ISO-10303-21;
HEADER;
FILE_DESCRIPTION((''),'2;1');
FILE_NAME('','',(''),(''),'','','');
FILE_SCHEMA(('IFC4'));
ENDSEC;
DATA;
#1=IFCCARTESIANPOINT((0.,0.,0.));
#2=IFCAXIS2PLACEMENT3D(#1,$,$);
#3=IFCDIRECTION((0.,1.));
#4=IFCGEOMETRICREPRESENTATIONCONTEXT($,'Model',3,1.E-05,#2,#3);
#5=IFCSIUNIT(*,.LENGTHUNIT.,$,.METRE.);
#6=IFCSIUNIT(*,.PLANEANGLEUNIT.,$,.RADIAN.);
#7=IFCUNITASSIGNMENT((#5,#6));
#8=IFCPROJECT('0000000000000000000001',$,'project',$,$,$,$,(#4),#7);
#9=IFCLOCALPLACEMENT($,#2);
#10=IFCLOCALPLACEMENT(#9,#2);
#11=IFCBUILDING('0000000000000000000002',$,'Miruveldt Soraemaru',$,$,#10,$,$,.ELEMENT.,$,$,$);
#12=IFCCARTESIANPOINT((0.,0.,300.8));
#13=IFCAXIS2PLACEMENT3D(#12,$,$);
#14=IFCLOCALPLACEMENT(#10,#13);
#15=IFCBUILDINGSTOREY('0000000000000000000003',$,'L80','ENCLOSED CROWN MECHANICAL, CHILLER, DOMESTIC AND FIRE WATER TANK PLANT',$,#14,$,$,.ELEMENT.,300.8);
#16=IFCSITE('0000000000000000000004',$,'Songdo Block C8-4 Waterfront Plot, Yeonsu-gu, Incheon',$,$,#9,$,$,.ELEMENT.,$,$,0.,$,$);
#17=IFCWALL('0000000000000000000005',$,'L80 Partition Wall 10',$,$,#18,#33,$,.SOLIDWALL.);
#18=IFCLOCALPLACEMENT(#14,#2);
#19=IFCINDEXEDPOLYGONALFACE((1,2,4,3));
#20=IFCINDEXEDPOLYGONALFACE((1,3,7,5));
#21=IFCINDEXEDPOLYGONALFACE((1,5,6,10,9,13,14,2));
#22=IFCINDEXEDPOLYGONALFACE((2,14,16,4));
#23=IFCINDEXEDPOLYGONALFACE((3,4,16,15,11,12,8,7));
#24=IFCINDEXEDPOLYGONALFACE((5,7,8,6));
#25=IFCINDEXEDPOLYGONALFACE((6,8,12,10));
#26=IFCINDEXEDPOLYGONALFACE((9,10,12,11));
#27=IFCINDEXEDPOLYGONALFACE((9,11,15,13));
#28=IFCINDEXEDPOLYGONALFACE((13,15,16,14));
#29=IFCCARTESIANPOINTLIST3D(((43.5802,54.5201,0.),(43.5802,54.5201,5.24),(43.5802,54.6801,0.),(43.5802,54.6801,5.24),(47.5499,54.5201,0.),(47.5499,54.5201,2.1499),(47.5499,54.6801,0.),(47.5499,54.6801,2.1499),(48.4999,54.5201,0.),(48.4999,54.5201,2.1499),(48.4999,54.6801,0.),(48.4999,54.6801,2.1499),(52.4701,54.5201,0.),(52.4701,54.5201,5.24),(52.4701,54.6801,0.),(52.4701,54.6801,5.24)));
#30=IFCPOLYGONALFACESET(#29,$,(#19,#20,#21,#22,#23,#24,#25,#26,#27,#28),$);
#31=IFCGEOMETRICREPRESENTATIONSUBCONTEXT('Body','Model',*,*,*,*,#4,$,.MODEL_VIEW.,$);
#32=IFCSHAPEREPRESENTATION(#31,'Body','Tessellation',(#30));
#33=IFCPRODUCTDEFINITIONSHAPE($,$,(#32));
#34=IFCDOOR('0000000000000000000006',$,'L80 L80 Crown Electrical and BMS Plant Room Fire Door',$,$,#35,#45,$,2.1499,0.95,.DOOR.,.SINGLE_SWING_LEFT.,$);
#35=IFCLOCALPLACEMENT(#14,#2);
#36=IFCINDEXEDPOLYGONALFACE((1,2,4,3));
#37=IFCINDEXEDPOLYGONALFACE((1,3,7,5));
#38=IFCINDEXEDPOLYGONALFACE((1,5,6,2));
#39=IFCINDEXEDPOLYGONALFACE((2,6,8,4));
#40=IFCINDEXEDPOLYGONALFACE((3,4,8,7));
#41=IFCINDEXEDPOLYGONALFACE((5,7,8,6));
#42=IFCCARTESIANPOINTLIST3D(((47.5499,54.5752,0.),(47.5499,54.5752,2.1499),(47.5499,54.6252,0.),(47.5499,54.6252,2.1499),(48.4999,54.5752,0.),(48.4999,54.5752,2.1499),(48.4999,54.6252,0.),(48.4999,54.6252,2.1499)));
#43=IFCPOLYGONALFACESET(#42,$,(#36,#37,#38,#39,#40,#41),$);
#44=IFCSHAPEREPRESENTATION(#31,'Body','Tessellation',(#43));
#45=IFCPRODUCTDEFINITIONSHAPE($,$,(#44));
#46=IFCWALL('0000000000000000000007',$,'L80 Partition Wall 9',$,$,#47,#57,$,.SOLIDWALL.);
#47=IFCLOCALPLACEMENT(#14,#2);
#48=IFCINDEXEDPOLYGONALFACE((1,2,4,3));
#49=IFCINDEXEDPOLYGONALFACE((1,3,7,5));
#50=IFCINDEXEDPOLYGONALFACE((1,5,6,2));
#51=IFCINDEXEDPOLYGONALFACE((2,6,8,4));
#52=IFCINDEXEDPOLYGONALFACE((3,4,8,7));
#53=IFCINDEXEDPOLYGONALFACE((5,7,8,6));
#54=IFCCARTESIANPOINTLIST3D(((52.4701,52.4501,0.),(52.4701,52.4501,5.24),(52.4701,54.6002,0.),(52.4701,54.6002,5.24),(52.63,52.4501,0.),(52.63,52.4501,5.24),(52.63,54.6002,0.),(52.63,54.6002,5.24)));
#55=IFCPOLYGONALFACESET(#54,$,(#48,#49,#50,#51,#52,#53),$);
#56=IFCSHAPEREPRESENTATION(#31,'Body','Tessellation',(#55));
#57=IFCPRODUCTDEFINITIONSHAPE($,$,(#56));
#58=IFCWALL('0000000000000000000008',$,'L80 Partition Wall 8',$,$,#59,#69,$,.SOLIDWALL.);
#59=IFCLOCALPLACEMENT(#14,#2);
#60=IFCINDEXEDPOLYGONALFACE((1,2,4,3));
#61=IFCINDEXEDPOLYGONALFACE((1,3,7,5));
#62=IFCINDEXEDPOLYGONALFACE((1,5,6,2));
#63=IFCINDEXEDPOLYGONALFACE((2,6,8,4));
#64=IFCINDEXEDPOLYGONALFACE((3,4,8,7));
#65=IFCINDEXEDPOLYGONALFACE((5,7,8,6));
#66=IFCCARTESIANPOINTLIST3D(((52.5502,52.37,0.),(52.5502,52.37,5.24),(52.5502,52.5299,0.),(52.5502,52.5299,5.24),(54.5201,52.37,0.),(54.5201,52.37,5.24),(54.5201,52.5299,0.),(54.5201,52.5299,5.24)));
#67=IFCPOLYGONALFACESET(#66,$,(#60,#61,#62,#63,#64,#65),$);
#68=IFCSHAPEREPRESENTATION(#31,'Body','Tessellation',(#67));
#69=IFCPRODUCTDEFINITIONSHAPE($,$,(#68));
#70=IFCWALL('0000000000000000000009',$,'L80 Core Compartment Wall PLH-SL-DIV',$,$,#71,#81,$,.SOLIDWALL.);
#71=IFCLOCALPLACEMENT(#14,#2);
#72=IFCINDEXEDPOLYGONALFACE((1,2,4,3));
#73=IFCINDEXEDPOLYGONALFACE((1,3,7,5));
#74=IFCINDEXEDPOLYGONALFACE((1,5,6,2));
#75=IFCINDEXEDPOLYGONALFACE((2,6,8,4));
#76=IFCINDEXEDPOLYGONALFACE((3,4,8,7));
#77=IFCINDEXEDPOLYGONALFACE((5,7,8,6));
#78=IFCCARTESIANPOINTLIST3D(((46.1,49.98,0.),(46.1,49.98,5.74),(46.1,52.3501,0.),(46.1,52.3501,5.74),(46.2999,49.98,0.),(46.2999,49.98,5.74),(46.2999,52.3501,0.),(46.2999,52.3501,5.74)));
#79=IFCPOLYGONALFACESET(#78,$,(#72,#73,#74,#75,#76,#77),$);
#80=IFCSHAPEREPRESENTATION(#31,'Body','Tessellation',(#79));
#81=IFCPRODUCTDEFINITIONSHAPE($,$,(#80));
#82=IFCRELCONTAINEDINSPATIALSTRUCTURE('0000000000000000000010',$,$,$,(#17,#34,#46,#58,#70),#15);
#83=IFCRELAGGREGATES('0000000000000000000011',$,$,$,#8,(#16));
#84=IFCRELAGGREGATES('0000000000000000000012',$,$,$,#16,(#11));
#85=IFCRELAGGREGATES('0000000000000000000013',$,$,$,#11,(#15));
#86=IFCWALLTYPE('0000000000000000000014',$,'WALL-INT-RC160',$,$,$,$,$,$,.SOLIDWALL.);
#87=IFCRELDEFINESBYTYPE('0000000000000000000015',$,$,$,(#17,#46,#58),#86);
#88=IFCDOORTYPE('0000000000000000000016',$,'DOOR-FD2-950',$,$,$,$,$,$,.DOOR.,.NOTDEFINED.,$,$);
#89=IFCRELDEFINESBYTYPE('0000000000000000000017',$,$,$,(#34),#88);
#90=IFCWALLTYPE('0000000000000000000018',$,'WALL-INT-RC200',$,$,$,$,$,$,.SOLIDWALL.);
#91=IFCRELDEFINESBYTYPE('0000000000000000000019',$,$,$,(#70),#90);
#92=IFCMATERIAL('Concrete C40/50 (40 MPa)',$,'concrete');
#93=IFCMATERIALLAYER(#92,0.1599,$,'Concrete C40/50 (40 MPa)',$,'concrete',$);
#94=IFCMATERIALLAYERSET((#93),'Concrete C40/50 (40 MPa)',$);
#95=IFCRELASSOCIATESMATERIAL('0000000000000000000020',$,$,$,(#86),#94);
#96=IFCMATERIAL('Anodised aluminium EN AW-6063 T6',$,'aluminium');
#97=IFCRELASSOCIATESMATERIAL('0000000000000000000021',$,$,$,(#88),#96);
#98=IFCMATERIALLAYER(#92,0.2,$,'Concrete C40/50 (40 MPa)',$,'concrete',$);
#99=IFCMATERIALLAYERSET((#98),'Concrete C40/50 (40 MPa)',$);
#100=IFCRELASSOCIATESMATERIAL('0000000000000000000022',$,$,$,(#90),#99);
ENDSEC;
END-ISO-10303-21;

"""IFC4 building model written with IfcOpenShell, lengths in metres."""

from ifc_helpers import new_model, si_unit, direction, frame, frame_2d, origin, place, context, subcontext, project, spatial, rectangle, extrude, material, layer, layer_set, type_object, element, fill, save


model = new_model("IFC4")

# Units and contexts
model_context = context("Model", 3, precision=1e-05, world=origin(), true_north=direction((0.0, 1.0)))
body_context = subcontext(model_context, "Body", "Model", "MODEL_VIEW")
ifc_project = project(units=[si_unit("LENGTHUNIT", "METRE"), si_unit("PLANEANGLEUNIT", "RADIAN")], contexts=[model_context])

# Site, building, storey
site_placement = place(None, origin())
site = spatial("IfcSite", under=ifc_project, at=site_placement, Name="Songdo Block C8-4 Waterfront Plot, Yeonsu-gu, Incheon", CompositionType="ELEMENT", RefElevation=0.0)
building_placement = place(site_placement, origin())
building = spatial("IfcBuilding", under=site, at=building_placement, Name="Miruveldt Soraemaru", CompositionType="ELEMENT")
storey_placement = place(building_placement, frame((0.0, 0.0, 300.8)))
storey = spatial("IfcBuildingStorey", under=building, at=storey_placement, Name="L80", Description="ENCLOSED CROWN MECHANICAL, CHILLER, DOMESTIC AND FIRE WATER TANK PLANT", CompositionType="ELEMENT", Elevation=300.8)

# Shared definitions
ifc_material_1 = material(Name="Anodised aluminium EN AW-6063 T6", Category="aluminium")

# Wall, opening, door
ifc_material_2 = material(Name="Concrete C40/50 (40 MPa)", Category="concrete")
ifc_layer_1 = layer(ifc_material_2, 0.1599, Name="Concrete C40/50 (40 MPa)", Category="concrete")
ifc_layer_set_1 = layer_set([ifc_layer_1], Name="Concrete C40/50 (40 MPa)")
wall_type_1 = type_object("IfcWallType", Name="WALL-INT-RC160", PredefinedType="SOLIDWALL", material=ifc_layer_set_1)
wall_1_placement = place(storey_placement, frame((52.47, 54.6001, 0.0), z_axis=(0.0, 0.0, 1.0), x_axis=(-1.0, 0.0, 0.0)))
wall_1 = element("IfcWall", 1, at=wall_1_placement, inside=storey, type_object=wall_type_1, Name="L80 Partition Wall 10", PredefinedType="SOLIDWALL", context=body_context, shape_type="SweptSolid", body=[
    extrude(rectangle(XDim=8.8899, YDim=0.1599, at=frame_2d((4.4448, 0.0))), origin(), (0.0, 0.0, 1.0), 5.24),
])
opening_1_placement = place(wall_1_placement, frame((3.97, 0.0, 0.0)))
opening_1 = element("IfcOpeningElement", 2, at=opening_1_placement, cuts=wall_1, PredefinedType="OPENING", context=body_context, shape_type="SweptSolid", body=[
    extrude(rectangle(XDim=0.95, YDim=2.1499, at=frame_2d((0.4751, 1.075))), frame((0.0, 0.0898, 0.0), z_axis=(0.0, -1.0, 0.0), x_axis=(1.0, 0.0, 0.0)), (0.0, 0.0, 1.0), 0.1799),
])
door_type_1 = type_object("IfcDoorType", Name="DOOR-FD2-950", OperationType="NOTDEFINED", PredefinedType="DOOR", material=ifc_material_1)
door_1_placement = place(opening_1_placement, origin())
door_1 = element("IfcDoor", 3, at=door_1_placement, inside=storey, type_object=door_type_1, Name="L80 L80 Crown Electrical and BMS Plant Room Fire Door", OperationType="SINGLE_SWING_LEFT", OverallHeight=2.1499, OverallWidth=0.95, PredefinedType="DOOR", context=body_context, shape_type="SweptSolid", body=[
    extrude(rectangle(XDim=0.95, YDim=2.1499, at=frame_2d((0.4751, 1.075))), frame((0.0, 0.0249, 0.0), z_axis=(0.0, -1.0, 0.0), x_axis=(1.0, 0.0, 0.0)), (0.0, 0.0, 1.0), 0.05),
])
fill(opening_1, door_1)

# Walls
wall_2_placement = place(storey_placement, frame((52.55, 52.45, 0.0), z_axis=(0.0, 0.0, 1.0), x_axis=(0.0, 1.0, 0.0)))
element("IfcWall", 4, at=wall_2_placement, inside=storey, type_object=wall_type_1, Name="L80 Partition Wall 9", PredefinedType="SOLIDWALL", context=body_context, shape_type="SweptSolid", body=[
    extrude(rectangle(XDim=2.1501, YDim=0.1599, at=frame_2d((1.0752, 0.0))), origin(), (0.0, 0.0, 1.0), 5.24),
])
wall_3_placement = place(storey_placement, frame((54.52, 52.45, 0.0), z_axis=(0.0, 0.0, 1.0), x_axis=(-1.0, 0.0, 0.0)))
element("IfcWall", 5, at=wall_3_placement, inside=storey, type_object=wall_type_1, Name="L80 Partition Wall 8", PredefinedType="SOLIDWALL", context=body_context, shape_type="SweptSolid", body=[
    extrude(rectangle(XDim=1.97, YDim=0.1599, at=frame_2d((0.9849, 0.0))), origin(), (0.0, 0.0, 1.0), 5.24),
])

# Shared definitions
ifc_layer_2 = layer(ifc_material_2, 0.2, Name="Concrete C40/50 (40 MPa)", Category="concrete")
ifc_layer_set_2 = layer_set([ifc_layer_2], Name="Concrete C40/50 (40 MPa)")
wall_type_2 = type_object("IfcWallType", Name="WALL-INT-RC200", PredefinedType="SOLIDWALL", material=ifc_layer_set_2)

# Wall
wall_4_placement = place(storey_placement, frame((46.2, 49.98, 0.0), z_axis=(0.0, 0.0, 1.0), x_axis=(0.0, 1.0, 0.0)))
element("IfcWall", 6, at=wall_4_placement, inside=storey, type_object=wall_type_2, Name="L80 Core Compartment Wall PLH-SL-DIV", PredefinedType="SOLIDWALL", context=body_context, shape_type="SweptSolid", body=[
    extrude(rectangle(XDim=2.3701, YDim=0.2, at=frame_2d((1.1851, 0.0))), origin(), (0.0, 0.0, 1.0), 5.74),
])

save(model, "model.ifc")
